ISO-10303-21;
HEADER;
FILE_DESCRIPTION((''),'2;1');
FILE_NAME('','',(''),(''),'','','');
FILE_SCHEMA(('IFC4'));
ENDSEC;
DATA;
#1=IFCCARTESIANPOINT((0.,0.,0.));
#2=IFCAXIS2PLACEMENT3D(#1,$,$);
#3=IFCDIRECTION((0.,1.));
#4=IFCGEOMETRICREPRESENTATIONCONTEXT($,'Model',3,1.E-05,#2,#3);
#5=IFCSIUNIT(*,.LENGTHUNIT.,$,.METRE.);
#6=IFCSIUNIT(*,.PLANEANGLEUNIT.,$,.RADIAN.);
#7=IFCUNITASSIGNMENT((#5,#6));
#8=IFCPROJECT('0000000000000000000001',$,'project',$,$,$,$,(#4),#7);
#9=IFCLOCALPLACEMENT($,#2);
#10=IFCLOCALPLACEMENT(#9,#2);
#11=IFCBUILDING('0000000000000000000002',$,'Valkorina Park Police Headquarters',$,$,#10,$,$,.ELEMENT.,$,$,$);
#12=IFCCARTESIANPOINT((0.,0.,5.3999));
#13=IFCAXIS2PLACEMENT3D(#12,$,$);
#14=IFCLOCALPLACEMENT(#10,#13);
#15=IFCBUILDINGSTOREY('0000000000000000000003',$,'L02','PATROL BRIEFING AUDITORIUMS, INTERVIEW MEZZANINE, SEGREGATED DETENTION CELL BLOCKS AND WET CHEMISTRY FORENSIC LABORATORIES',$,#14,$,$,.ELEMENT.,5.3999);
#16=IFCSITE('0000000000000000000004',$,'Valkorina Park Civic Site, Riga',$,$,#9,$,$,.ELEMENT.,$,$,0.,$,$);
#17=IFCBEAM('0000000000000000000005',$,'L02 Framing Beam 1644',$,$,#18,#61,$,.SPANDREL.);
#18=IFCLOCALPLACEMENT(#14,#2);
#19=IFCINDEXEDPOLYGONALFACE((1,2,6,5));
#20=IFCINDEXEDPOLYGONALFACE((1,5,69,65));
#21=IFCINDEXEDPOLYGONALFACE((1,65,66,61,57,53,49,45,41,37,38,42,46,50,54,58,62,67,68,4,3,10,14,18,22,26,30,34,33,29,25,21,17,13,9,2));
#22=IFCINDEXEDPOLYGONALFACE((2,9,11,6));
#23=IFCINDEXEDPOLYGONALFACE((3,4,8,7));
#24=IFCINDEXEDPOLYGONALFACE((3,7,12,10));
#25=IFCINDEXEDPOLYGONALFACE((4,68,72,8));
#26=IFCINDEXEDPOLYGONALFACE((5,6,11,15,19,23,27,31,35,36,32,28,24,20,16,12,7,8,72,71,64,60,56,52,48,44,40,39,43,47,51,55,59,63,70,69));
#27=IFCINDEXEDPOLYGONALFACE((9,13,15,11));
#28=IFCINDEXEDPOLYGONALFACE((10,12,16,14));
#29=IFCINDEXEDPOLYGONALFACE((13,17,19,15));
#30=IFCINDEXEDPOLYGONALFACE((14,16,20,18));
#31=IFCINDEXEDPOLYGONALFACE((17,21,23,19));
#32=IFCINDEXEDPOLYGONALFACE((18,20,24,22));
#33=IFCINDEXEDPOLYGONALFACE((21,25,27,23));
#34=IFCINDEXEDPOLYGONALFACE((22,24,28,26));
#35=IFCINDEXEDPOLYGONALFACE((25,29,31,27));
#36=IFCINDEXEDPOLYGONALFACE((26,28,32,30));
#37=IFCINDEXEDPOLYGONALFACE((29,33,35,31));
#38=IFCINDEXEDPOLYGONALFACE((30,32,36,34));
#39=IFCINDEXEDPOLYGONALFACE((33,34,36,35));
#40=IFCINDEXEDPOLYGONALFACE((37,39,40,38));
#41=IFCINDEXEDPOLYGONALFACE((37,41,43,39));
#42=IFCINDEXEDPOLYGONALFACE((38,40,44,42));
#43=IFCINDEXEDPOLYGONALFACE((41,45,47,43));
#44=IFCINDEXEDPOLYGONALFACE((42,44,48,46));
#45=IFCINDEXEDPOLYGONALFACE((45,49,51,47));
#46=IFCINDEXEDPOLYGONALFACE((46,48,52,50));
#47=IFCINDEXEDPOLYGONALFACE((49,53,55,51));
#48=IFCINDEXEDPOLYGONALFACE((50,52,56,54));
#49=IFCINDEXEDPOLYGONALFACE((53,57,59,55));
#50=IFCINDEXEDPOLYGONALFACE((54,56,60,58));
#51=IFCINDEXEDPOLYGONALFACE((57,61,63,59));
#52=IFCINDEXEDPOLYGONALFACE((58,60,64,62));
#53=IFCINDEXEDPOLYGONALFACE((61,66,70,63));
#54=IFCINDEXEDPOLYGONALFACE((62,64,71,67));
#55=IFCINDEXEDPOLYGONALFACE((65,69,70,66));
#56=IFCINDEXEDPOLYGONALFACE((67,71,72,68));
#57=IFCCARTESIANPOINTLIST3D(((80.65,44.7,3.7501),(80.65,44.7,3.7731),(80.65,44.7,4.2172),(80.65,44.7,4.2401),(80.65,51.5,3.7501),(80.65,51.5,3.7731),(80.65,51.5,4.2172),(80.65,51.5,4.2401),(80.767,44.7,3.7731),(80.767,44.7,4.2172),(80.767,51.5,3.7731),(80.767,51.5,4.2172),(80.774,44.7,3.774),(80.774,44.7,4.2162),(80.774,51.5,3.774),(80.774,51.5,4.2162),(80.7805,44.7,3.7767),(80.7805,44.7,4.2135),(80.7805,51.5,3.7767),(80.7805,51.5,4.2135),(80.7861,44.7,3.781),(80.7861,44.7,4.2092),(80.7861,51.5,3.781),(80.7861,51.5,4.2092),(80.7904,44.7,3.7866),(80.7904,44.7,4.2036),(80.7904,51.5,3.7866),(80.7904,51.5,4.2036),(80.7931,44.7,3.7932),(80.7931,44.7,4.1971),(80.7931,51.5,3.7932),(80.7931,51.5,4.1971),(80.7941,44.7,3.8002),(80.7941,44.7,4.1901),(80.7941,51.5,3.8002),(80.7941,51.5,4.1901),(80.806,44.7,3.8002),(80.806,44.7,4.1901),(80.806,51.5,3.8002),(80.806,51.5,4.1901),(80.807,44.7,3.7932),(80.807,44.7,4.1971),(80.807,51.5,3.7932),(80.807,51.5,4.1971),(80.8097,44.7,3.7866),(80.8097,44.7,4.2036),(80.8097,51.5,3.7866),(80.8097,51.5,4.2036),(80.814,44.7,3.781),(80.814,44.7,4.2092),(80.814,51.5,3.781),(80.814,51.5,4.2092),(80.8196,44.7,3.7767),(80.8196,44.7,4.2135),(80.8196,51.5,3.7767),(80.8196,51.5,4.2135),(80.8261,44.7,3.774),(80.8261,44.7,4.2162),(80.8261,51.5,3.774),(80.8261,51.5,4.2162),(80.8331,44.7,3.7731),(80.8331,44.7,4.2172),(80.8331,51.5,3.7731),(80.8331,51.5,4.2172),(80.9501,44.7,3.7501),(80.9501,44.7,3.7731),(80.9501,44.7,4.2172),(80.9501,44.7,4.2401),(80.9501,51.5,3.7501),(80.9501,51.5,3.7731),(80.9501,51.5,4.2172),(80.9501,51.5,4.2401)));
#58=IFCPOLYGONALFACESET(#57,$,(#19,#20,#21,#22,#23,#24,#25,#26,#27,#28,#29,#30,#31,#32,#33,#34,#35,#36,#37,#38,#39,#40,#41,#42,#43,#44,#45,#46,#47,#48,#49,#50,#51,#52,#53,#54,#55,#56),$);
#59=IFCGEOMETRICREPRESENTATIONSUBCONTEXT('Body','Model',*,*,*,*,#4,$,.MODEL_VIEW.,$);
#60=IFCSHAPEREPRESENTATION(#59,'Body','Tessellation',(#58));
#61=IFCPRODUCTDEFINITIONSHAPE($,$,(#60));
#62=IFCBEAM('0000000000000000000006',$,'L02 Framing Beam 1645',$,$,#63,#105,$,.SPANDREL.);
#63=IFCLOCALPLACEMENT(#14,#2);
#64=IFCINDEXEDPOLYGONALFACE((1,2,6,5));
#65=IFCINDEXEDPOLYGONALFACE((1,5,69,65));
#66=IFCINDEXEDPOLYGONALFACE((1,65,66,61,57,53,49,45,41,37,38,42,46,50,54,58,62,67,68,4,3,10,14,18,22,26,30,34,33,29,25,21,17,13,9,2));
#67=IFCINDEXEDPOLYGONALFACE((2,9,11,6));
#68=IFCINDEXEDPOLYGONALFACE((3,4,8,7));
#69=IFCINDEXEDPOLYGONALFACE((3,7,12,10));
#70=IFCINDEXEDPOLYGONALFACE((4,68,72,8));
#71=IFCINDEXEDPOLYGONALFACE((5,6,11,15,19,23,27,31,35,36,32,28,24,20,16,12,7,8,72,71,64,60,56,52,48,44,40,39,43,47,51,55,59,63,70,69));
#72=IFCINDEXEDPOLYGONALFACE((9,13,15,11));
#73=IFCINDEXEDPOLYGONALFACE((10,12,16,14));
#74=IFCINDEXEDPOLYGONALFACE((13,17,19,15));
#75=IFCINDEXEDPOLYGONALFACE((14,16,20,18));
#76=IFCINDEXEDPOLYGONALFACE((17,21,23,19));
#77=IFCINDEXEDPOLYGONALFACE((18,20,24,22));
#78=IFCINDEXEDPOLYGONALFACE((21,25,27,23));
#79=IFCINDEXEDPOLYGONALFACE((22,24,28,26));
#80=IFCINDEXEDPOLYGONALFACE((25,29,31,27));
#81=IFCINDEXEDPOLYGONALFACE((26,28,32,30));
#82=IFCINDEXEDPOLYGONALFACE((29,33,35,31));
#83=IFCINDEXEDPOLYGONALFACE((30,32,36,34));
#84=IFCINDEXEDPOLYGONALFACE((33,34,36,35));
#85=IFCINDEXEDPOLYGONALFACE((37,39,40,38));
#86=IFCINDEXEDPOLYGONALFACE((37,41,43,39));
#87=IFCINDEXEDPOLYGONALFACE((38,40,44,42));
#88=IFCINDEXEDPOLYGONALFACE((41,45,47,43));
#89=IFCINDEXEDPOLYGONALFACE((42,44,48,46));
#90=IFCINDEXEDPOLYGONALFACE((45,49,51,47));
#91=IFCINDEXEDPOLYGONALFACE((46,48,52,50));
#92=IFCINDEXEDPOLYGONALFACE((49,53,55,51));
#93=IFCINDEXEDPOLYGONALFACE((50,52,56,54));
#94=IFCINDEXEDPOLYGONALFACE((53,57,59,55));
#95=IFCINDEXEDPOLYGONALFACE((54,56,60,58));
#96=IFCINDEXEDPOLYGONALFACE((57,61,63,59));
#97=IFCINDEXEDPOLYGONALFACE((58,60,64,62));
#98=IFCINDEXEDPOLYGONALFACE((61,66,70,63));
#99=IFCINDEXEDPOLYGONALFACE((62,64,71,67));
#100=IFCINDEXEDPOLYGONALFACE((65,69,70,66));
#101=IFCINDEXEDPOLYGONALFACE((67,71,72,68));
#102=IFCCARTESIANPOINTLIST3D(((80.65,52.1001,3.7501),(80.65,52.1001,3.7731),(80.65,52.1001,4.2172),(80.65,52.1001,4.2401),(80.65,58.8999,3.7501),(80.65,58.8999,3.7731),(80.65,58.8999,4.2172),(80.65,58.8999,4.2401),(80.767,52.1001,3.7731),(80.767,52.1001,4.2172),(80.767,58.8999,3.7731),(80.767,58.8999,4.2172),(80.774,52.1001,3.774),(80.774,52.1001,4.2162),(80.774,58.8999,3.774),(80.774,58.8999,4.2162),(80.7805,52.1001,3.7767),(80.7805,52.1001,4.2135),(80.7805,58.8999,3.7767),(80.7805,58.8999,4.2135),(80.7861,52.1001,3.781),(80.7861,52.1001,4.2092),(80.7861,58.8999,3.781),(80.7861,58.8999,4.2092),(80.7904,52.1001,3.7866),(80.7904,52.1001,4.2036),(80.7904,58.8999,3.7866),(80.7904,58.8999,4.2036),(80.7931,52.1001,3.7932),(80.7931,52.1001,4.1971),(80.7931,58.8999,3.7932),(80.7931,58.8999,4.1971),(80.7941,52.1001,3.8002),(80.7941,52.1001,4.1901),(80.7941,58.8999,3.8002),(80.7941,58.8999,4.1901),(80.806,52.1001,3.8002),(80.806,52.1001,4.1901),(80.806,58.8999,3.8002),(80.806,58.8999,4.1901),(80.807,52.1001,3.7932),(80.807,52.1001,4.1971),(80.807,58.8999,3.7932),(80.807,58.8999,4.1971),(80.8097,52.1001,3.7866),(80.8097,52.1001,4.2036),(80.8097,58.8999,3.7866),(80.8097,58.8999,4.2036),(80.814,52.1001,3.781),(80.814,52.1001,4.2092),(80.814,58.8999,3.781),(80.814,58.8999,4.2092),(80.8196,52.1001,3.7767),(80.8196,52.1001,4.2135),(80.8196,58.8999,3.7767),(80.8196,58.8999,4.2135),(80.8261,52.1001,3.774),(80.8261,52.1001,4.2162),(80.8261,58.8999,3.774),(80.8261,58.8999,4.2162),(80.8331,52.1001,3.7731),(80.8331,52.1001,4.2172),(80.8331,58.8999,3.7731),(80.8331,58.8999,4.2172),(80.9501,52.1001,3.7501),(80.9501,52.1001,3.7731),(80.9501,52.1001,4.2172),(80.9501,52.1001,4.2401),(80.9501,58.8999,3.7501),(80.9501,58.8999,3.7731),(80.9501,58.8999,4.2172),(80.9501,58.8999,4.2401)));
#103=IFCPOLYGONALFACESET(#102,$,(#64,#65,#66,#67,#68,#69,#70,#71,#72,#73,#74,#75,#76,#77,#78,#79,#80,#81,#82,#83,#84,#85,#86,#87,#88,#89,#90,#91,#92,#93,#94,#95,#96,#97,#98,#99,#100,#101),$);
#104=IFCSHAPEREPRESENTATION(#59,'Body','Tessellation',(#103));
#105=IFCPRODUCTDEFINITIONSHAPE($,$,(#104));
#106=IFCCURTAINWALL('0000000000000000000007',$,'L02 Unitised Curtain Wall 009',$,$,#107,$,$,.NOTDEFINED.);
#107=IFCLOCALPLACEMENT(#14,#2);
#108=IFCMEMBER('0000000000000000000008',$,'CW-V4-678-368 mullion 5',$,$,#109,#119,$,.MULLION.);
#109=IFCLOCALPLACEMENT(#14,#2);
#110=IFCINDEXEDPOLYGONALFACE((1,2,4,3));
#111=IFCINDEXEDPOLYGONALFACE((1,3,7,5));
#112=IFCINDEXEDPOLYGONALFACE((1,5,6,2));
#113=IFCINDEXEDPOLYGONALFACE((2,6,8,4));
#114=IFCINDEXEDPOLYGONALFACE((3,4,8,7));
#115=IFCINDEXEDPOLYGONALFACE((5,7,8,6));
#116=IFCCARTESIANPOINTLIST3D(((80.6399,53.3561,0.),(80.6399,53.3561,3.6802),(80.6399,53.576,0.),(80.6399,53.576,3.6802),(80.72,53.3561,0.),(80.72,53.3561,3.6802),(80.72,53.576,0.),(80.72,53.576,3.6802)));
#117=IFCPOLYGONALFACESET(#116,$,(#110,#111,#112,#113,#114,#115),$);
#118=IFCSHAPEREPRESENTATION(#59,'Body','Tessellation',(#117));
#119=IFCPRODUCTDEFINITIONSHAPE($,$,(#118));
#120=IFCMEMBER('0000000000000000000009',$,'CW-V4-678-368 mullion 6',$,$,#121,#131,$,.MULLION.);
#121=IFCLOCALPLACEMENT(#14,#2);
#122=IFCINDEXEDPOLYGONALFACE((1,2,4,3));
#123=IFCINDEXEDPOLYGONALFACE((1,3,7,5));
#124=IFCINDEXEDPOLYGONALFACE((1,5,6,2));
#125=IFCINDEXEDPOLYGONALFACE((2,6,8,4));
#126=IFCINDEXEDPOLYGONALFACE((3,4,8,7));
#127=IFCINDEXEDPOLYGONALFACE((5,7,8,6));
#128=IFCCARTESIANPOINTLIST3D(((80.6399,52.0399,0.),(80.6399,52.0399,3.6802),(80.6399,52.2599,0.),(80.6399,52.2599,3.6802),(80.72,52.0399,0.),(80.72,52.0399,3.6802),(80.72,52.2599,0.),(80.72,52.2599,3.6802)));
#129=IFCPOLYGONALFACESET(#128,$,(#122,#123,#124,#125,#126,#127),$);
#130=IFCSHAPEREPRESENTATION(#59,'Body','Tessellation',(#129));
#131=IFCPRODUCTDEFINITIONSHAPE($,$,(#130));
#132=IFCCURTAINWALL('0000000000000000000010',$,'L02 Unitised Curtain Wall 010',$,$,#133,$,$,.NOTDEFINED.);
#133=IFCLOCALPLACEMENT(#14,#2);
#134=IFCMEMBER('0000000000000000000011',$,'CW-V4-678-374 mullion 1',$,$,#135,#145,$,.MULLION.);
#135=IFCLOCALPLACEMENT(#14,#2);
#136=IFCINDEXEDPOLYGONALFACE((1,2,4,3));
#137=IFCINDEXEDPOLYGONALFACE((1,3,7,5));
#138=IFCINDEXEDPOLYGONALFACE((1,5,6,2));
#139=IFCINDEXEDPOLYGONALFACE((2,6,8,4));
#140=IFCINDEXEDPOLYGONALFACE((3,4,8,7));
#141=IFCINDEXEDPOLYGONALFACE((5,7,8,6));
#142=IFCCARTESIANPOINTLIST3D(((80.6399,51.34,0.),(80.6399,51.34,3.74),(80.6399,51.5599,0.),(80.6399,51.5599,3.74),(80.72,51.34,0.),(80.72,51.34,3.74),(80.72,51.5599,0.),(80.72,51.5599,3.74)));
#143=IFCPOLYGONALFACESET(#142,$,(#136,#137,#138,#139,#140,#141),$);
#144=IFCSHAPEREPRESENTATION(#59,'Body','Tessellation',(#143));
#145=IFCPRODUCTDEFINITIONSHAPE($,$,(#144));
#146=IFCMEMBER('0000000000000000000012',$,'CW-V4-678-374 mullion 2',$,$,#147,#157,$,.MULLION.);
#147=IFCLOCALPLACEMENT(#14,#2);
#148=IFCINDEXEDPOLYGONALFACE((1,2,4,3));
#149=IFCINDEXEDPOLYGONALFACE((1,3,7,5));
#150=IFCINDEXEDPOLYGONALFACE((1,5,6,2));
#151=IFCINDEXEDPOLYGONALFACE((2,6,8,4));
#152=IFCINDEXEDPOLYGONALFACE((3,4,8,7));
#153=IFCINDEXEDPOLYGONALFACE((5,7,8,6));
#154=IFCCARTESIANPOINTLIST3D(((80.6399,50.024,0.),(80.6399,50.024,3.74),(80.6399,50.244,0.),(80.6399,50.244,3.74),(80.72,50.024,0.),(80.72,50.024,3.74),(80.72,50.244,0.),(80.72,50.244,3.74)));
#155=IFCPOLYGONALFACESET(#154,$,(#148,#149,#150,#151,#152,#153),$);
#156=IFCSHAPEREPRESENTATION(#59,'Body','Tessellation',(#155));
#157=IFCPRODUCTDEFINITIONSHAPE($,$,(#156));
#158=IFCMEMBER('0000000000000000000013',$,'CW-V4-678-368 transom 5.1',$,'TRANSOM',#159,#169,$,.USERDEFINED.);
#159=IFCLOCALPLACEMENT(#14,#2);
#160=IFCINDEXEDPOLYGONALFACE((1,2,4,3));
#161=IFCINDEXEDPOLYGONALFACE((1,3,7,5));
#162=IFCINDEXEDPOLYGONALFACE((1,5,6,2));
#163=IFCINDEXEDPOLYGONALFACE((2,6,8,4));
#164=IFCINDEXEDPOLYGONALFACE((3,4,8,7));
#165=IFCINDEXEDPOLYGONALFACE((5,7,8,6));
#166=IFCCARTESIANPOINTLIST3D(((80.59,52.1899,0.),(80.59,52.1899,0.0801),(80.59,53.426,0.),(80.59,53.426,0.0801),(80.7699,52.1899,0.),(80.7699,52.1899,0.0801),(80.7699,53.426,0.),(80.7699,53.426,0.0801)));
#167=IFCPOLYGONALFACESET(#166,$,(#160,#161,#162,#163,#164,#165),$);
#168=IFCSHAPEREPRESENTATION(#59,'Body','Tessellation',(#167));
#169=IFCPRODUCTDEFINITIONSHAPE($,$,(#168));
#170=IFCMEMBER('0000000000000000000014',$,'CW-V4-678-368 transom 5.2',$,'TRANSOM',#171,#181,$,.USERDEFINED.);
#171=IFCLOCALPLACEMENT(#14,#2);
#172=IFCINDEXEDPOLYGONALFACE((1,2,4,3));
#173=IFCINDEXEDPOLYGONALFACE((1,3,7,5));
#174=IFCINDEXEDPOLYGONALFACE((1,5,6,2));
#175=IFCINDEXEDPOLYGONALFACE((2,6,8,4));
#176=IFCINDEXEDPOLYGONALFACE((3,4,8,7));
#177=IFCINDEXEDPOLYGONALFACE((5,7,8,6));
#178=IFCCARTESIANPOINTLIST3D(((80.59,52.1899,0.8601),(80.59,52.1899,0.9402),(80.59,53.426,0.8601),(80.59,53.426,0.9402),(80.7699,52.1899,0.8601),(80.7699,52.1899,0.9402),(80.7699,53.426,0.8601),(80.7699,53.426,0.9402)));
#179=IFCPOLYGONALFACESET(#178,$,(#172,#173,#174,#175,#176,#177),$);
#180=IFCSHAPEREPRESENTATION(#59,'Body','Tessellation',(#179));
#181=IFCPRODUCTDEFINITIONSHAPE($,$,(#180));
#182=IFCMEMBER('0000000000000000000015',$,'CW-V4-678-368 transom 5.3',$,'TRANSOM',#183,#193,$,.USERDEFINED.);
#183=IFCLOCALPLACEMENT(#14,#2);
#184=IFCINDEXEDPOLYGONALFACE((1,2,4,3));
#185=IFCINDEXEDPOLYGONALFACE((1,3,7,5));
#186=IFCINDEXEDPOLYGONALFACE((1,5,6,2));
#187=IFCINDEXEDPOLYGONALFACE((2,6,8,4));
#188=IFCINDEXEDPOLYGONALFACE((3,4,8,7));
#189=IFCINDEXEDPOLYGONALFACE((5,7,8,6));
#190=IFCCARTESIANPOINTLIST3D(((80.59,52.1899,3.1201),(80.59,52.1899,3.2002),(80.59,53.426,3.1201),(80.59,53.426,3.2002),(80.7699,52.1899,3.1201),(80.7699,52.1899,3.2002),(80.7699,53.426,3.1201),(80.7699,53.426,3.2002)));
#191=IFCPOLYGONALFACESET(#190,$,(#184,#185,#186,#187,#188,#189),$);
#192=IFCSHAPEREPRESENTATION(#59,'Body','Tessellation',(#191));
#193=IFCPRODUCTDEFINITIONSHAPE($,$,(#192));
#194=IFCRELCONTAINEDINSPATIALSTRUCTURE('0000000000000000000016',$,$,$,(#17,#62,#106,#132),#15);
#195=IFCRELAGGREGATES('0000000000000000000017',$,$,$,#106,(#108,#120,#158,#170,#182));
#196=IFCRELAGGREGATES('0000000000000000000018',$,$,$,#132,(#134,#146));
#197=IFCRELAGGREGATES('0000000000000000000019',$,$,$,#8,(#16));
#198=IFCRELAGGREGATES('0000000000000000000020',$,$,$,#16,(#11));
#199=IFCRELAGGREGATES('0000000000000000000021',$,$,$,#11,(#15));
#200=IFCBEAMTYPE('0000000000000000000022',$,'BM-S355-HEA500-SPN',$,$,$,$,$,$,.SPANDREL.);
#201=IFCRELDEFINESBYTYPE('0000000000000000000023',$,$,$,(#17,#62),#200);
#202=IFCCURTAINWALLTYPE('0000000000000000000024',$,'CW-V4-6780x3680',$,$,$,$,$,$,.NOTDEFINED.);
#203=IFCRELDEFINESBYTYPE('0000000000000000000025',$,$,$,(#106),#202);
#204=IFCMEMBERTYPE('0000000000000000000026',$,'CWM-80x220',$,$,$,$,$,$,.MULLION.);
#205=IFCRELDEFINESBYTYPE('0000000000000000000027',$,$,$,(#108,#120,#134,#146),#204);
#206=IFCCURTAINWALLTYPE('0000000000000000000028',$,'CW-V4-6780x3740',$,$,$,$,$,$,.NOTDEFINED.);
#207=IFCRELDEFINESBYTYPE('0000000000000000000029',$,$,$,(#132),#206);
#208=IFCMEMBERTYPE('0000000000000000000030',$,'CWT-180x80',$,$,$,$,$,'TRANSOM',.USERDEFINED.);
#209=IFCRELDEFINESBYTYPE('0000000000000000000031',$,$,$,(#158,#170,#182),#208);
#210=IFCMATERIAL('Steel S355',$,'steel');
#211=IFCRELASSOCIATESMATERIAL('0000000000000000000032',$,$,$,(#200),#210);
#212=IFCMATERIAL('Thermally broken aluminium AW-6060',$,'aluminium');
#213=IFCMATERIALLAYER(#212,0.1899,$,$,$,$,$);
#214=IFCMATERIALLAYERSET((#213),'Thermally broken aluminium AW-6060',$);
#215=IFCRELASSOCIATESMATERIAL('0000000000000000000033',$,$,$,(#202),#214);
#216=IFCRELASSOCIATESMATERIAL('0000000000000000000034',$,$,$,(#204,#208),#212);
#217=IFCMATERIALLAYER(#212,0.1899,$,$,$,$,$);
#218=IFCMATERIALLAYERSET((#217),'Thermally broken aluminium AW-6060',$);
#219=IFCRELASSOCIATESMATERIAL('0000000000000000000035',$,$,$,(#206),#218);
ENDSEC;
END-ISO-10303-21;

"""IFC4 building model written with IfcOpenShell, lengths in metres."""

from ifc_helpers import new_model, si_unit, direction, frame, origin, origin_2d, place, context, subcontext, project, spatial, rectangle, i_section, extrude, material, layer, layer_set, material_profile, profile_set, type_object, element, aggregate, save


model = new_model("IFC4")

# Units and contexts
model_context = context("Model", 3, precision=1e-05, world=origin(), true_north=direction((0.0, 1.0)))
body_context = subcontext(model_context, "Body", "Model", "MODEL_VIEW")
ifc_project = project(units=[si_unit("LENGTHUNIT", "METRE"), si_unit("PLANEANGLEUNIT", "RADIAN")], contexts=[model_context])

# Site, building, storey
site_placement = place(None, origin())
site = spatial("IfcSite", under=ifc_project, at=site_placement, Name="Valkorina Park Civic Site, Riga", CompositionType="ELEMENT", RefElevation=0.0)
building_placement = place(site_placement, origin())
building = spatial("IfcBuilding", under=site, at=building_placement, Name="Valkorina Park Police Headquarters", CompositionType="ELEMENT")
storey_placement = place(building_placement, frame((0.0, 0.0, 5.3999)))
storey = spatial("IfcBuildingStorey", under=building, at=storey_placement, Name="L02", Description="PATROL BRIEFING AUDITORIUMS, INTERVIEW MEZZANINE, SEGREGATED DETENTION CELL BLOCKS AND WET CHEMISTRY FORENSIC LABORATORIES", CompositionType="ELEMENT", Elevation=5.3999)

# Shared definitions
ifc_material_1 = material(Name="Steel S355", Category="steel")

# Beams
ifc_material_profile_1 = material_profile(ifc_material_1, i_section(OverallWidth=0.3, OverallDepth=0.49, WebThickness=0.012, FlangeThickness=0.0229, FilletRadius=0.0271, at=origin_2d()), Name="HEA 500")
ifc_profile_set_1 = profile_set([ifc_material_profile_1], Name="Steel S355")
beam_type = type_object("IfcBeamType", Name="BM-S355-HEA500-SPN", PredefinedType="SPANDREL", material=ifc_profile_set_1)
for number, where, z_axis, x_axis, name in (
    (1, (80.8, 44.7, 3.9951), (0.0, 1.0, 0.0), (-1.0, 0.0, 0.0), "L02 Framing Beam 1644"),
):
    element("IfcBeam", number, at=place(storey_placement, frame(where, z_axis=z_axis, x_axis=x_axis)), inside=storey, type_object=beam_type, Name=name, PredefinedType="SPANDREL", context=body_context, shape_type="SweptSolid", body=[
        extrude(i_section(OverallWidth=0.3, OverallDepth=0.49, WebThickness=0.012, FlangeThickness=0.0229, FilletRadius=0.0271, at=origin_2d()), origin(), (0.0, 0.0, 1.0), 6.8),
    ])
beam_1_placement = place(storey_placement, frame((80.8, 52.1001, 3.9951), z_axis=(0.0, 1.0, 0.0), x_axis=(-1.0, 0.0, 0.0)))
element("IfcBeam", 2, at=beam_1_placement, inside=storey, type_object=beam_type, Name="L02 Framing Beam 1645", PredefinedType="SPANDREL", context=body_context, shape_type="SweptSolid", body=[
    extrude(i_section(OverallWidth=0.3, OverallDepth=0.49, WebThickness=0.012, FlangeThickness=0.0229, FilletRadius=0.0271, at=origin_2d()), origin(), (0.0, 0.0, 1.0), 6.7998),
])

# Curtain walls, members
ifc_material_2 = material(Name="Thermally broken aluminium AW-6060", Category="aluminium")
ifc_layer_1 = layer(ifc_material_2, 0.1899)
ifc_layer_set_1 = layer_set([ifc_layer_1], Name="Thermally broken aluminium AW-6060")
curtain_wall_type_1 = type_object("IfcCurtainWallType", Name="CW-V4-6780x3680", PredefinedType="NOTDEFINED", material=ifc_layer_set_1)
curtain_wall_1_placement = place(storey_placement, origin())
curtain_wall_1 = element("IfcCurtainWall", 3, at=curtain_wall_1_placement, inside=storey, type_object=curtain_wall_type_1, Name="L02 Unitised Curtain Wall 009", PredefinedType="NOTDEFINED")
ifc_material_profile_2 = material_profile(ifc_material_2, rectangle(XDim=0.0801, YDim=0.22, at=origin_2d()), Name="CWM-03 80x220")
ifc_profile_set_2 = profile_set([ifc_material_profile_2], Name="Thermally broken aluminium AW-6060")
member_type_1 = type_object("IfcMemberType", Name="CWM-80x220", PredefinedType="MULLION", material=ifc_profile_set_2)
member_1_placement = place(storey_placement, frame((80.6799, 53.4661, 0.0), z_axis=(0.0, 0.0, 1.0), x_axis=(1.0, 0.0, 0.0)))
member_1 = element("IfcMember", 4, at=member_1_placement, type_object=member_type_1, Name="CW-V4-678-368 mullion 5", PredefinedType="MULLION", context=body_context, shape_type="SweptSolid", body=[
    extrude(rectangle(XDim=0.0801, YDim=0.22, at=origin_2d()), origin(), (0.0, 0.0, 1.0), 3.6802),
])
member_2_placement = place(storey_placement, frame((80.6799, 52.1499, 0.0), z_axis=(0.0, 0.0, 1.0), x_axis=(1.0, 0.0, 0.0)))
member_2 = element("IfcMember", 5, at=member_2_placement, type_object=member_type_1, Name="CW-V4-678-368 mullion 6", PredefinedType="MULLION", context=body_context, shape_type="SweptSolid", body=[
    extrude(rectangle(XDim=0.0801, YDim=0.22, at=origin_2d()), origin(), (0.0, 0.0, 1.0), 3.6802),
])
ifc_layer_2 = layer(ifc_material_2, 0.1899)
ifc_layer_set_2 = layer_set([ifc_layer_2], Name="Thermally broken aluminium AW-6060")
curtain_wall_type_2 = type_object("IfcCurtainWallType", Name="CW-V4-6780x3740", PredefinedType="NOTDEFINED", material=ifc_layer_set_2)
curtain_wall_2_placement = place(storey_placement, origin())
curtain_wall_2 = element("IfcCurtainWall", 6, at=curtain_wall_2_placement, inside=storey, type_object=curtain_wall_type_2, Name="L02 Unitised Curtain Wall 010", PredefinedType="NOTDEFINED")
member_3_placement = place(storey_placement, frame((80.6799, 51.45, 0.0), z_axis=(0.0, 0.0, 1.0), x_axis=(1.0, 0.0, 0.0)))
member_3 = element("IfcMember", 7, at=member_3_placement, type_object=member_type_1, Name="CW-V4-678-374 mullion 1", PredefinedType="MULLION", context=body_context, shape_type="SweptSolid", body=[
    extrude(rectangle(XDim=0.0801, YDim=0.22, at=origin_2d()), origin(), (0.0, 0.0, 1.0), 3.74),
])
member_4_placement = place(storey_placement, frame((80.6799, 50.134, 0.0), z_axis=(0.0, 0.0, 1.0), x_axis=(1.0, 0.0, 0.0)))
member_4 = element("IfcMember", 8, at=member_4_placement, type_object=member_type_1, Name="CW-V4-678-374 mullion 2", PredefinedType="MULLION", context=body_context, shape_type="SweptSolid", body=[
    extrude(rectangle(XDim=0.0801, YDim=0.22, at=origin_2d()), origin(), (0.0, 0.0, 1.0), 3.74),
])

# Members
ifc_material_profile_3 = material_profile(ifc_material_2, rectangle(XDim=0.1799, YDim=0.0801, at=origin_2d()), Name="CWT-03 180x80")
ifc_profile_set_3 = profile_set([ifc_material_profile_3], Name="Thermally broken aluminium AW-6060")
member_type_2 = type_object("IfcMemberType", Name="CWT-180x80", ElementType="TRANSOM", PredefinedType="USERDEFINED", material=ifc_profile_set_3)
member_5_placement = place(storey_placement, frame((80.6799, 53.426, 0.04), z_axis=(0.0, -1.0, 0.0), x_axis=(1.0, 0.0, 0.0)))
member_5 = element("IfcMember", 9, at=member_5_placement, type_object=member_type_2, Name="CW-V4-678-368 transom 5.1", ObjectType="TRANSOM", PredefinedType="USERDEFINED", context=body_context, shape_type="SweptSolid", body=[
    extrude(rectangle(XDim=0.1799, YDim=0.0801, at=origin_2d()), origin(), (0.0, 0.0, 1.0), 1.2361),
])
member_6_placement = place(storey_placement, frame((80.6799, 53.426, 0.9001), z_axis=(0.0, -1.0, 0.0), x_axis=(1.0, 0.0, 0.0)))
member_6 = element("IfcMember", 10, at=member_6_placement, type_object=member_type_2, Name="CW-V4-678-368 transom 5.2", ObjectType="TRANSOM", PredefinedType="USERDEFINED", context=body_context, shape_type="SweptSolid", body=[
    extrude(rectangle(XDim=0.1799, YDim=0.0801, at=origin_2d()), origin(), (0.0, 0.0, 1.0), 1.2361),
])
member_7_placement = place(storey_placement, frame((80.6799, 53.426, 3.1602), z_axis=(0.0, -1.0, 0.0), x_axis=(1.0, 0.0, 0.0)))
member_7 = element("IfcMember", 11, at=member_7_placement, type_object=member_type_2, Name="CW-V4-678-368 transom 5.3", ObjectType="TRANSOM", PredefinedType="USERDEFINED", context=body_context, shape_type="SweptSolid", body=[
    extrude(rectangle(XDim=0.1799, YDim=0.0801, at=origin_2d()), origin(), (0.0, 0.0, 1.0), 1.2361),
])

aggregate(curtain_wall_1, [member_1, member_2, member_5, member_6, member_7])
aggregate(curtain_wall_2, [member_3, member_4])

save(model, "model.ifc")
